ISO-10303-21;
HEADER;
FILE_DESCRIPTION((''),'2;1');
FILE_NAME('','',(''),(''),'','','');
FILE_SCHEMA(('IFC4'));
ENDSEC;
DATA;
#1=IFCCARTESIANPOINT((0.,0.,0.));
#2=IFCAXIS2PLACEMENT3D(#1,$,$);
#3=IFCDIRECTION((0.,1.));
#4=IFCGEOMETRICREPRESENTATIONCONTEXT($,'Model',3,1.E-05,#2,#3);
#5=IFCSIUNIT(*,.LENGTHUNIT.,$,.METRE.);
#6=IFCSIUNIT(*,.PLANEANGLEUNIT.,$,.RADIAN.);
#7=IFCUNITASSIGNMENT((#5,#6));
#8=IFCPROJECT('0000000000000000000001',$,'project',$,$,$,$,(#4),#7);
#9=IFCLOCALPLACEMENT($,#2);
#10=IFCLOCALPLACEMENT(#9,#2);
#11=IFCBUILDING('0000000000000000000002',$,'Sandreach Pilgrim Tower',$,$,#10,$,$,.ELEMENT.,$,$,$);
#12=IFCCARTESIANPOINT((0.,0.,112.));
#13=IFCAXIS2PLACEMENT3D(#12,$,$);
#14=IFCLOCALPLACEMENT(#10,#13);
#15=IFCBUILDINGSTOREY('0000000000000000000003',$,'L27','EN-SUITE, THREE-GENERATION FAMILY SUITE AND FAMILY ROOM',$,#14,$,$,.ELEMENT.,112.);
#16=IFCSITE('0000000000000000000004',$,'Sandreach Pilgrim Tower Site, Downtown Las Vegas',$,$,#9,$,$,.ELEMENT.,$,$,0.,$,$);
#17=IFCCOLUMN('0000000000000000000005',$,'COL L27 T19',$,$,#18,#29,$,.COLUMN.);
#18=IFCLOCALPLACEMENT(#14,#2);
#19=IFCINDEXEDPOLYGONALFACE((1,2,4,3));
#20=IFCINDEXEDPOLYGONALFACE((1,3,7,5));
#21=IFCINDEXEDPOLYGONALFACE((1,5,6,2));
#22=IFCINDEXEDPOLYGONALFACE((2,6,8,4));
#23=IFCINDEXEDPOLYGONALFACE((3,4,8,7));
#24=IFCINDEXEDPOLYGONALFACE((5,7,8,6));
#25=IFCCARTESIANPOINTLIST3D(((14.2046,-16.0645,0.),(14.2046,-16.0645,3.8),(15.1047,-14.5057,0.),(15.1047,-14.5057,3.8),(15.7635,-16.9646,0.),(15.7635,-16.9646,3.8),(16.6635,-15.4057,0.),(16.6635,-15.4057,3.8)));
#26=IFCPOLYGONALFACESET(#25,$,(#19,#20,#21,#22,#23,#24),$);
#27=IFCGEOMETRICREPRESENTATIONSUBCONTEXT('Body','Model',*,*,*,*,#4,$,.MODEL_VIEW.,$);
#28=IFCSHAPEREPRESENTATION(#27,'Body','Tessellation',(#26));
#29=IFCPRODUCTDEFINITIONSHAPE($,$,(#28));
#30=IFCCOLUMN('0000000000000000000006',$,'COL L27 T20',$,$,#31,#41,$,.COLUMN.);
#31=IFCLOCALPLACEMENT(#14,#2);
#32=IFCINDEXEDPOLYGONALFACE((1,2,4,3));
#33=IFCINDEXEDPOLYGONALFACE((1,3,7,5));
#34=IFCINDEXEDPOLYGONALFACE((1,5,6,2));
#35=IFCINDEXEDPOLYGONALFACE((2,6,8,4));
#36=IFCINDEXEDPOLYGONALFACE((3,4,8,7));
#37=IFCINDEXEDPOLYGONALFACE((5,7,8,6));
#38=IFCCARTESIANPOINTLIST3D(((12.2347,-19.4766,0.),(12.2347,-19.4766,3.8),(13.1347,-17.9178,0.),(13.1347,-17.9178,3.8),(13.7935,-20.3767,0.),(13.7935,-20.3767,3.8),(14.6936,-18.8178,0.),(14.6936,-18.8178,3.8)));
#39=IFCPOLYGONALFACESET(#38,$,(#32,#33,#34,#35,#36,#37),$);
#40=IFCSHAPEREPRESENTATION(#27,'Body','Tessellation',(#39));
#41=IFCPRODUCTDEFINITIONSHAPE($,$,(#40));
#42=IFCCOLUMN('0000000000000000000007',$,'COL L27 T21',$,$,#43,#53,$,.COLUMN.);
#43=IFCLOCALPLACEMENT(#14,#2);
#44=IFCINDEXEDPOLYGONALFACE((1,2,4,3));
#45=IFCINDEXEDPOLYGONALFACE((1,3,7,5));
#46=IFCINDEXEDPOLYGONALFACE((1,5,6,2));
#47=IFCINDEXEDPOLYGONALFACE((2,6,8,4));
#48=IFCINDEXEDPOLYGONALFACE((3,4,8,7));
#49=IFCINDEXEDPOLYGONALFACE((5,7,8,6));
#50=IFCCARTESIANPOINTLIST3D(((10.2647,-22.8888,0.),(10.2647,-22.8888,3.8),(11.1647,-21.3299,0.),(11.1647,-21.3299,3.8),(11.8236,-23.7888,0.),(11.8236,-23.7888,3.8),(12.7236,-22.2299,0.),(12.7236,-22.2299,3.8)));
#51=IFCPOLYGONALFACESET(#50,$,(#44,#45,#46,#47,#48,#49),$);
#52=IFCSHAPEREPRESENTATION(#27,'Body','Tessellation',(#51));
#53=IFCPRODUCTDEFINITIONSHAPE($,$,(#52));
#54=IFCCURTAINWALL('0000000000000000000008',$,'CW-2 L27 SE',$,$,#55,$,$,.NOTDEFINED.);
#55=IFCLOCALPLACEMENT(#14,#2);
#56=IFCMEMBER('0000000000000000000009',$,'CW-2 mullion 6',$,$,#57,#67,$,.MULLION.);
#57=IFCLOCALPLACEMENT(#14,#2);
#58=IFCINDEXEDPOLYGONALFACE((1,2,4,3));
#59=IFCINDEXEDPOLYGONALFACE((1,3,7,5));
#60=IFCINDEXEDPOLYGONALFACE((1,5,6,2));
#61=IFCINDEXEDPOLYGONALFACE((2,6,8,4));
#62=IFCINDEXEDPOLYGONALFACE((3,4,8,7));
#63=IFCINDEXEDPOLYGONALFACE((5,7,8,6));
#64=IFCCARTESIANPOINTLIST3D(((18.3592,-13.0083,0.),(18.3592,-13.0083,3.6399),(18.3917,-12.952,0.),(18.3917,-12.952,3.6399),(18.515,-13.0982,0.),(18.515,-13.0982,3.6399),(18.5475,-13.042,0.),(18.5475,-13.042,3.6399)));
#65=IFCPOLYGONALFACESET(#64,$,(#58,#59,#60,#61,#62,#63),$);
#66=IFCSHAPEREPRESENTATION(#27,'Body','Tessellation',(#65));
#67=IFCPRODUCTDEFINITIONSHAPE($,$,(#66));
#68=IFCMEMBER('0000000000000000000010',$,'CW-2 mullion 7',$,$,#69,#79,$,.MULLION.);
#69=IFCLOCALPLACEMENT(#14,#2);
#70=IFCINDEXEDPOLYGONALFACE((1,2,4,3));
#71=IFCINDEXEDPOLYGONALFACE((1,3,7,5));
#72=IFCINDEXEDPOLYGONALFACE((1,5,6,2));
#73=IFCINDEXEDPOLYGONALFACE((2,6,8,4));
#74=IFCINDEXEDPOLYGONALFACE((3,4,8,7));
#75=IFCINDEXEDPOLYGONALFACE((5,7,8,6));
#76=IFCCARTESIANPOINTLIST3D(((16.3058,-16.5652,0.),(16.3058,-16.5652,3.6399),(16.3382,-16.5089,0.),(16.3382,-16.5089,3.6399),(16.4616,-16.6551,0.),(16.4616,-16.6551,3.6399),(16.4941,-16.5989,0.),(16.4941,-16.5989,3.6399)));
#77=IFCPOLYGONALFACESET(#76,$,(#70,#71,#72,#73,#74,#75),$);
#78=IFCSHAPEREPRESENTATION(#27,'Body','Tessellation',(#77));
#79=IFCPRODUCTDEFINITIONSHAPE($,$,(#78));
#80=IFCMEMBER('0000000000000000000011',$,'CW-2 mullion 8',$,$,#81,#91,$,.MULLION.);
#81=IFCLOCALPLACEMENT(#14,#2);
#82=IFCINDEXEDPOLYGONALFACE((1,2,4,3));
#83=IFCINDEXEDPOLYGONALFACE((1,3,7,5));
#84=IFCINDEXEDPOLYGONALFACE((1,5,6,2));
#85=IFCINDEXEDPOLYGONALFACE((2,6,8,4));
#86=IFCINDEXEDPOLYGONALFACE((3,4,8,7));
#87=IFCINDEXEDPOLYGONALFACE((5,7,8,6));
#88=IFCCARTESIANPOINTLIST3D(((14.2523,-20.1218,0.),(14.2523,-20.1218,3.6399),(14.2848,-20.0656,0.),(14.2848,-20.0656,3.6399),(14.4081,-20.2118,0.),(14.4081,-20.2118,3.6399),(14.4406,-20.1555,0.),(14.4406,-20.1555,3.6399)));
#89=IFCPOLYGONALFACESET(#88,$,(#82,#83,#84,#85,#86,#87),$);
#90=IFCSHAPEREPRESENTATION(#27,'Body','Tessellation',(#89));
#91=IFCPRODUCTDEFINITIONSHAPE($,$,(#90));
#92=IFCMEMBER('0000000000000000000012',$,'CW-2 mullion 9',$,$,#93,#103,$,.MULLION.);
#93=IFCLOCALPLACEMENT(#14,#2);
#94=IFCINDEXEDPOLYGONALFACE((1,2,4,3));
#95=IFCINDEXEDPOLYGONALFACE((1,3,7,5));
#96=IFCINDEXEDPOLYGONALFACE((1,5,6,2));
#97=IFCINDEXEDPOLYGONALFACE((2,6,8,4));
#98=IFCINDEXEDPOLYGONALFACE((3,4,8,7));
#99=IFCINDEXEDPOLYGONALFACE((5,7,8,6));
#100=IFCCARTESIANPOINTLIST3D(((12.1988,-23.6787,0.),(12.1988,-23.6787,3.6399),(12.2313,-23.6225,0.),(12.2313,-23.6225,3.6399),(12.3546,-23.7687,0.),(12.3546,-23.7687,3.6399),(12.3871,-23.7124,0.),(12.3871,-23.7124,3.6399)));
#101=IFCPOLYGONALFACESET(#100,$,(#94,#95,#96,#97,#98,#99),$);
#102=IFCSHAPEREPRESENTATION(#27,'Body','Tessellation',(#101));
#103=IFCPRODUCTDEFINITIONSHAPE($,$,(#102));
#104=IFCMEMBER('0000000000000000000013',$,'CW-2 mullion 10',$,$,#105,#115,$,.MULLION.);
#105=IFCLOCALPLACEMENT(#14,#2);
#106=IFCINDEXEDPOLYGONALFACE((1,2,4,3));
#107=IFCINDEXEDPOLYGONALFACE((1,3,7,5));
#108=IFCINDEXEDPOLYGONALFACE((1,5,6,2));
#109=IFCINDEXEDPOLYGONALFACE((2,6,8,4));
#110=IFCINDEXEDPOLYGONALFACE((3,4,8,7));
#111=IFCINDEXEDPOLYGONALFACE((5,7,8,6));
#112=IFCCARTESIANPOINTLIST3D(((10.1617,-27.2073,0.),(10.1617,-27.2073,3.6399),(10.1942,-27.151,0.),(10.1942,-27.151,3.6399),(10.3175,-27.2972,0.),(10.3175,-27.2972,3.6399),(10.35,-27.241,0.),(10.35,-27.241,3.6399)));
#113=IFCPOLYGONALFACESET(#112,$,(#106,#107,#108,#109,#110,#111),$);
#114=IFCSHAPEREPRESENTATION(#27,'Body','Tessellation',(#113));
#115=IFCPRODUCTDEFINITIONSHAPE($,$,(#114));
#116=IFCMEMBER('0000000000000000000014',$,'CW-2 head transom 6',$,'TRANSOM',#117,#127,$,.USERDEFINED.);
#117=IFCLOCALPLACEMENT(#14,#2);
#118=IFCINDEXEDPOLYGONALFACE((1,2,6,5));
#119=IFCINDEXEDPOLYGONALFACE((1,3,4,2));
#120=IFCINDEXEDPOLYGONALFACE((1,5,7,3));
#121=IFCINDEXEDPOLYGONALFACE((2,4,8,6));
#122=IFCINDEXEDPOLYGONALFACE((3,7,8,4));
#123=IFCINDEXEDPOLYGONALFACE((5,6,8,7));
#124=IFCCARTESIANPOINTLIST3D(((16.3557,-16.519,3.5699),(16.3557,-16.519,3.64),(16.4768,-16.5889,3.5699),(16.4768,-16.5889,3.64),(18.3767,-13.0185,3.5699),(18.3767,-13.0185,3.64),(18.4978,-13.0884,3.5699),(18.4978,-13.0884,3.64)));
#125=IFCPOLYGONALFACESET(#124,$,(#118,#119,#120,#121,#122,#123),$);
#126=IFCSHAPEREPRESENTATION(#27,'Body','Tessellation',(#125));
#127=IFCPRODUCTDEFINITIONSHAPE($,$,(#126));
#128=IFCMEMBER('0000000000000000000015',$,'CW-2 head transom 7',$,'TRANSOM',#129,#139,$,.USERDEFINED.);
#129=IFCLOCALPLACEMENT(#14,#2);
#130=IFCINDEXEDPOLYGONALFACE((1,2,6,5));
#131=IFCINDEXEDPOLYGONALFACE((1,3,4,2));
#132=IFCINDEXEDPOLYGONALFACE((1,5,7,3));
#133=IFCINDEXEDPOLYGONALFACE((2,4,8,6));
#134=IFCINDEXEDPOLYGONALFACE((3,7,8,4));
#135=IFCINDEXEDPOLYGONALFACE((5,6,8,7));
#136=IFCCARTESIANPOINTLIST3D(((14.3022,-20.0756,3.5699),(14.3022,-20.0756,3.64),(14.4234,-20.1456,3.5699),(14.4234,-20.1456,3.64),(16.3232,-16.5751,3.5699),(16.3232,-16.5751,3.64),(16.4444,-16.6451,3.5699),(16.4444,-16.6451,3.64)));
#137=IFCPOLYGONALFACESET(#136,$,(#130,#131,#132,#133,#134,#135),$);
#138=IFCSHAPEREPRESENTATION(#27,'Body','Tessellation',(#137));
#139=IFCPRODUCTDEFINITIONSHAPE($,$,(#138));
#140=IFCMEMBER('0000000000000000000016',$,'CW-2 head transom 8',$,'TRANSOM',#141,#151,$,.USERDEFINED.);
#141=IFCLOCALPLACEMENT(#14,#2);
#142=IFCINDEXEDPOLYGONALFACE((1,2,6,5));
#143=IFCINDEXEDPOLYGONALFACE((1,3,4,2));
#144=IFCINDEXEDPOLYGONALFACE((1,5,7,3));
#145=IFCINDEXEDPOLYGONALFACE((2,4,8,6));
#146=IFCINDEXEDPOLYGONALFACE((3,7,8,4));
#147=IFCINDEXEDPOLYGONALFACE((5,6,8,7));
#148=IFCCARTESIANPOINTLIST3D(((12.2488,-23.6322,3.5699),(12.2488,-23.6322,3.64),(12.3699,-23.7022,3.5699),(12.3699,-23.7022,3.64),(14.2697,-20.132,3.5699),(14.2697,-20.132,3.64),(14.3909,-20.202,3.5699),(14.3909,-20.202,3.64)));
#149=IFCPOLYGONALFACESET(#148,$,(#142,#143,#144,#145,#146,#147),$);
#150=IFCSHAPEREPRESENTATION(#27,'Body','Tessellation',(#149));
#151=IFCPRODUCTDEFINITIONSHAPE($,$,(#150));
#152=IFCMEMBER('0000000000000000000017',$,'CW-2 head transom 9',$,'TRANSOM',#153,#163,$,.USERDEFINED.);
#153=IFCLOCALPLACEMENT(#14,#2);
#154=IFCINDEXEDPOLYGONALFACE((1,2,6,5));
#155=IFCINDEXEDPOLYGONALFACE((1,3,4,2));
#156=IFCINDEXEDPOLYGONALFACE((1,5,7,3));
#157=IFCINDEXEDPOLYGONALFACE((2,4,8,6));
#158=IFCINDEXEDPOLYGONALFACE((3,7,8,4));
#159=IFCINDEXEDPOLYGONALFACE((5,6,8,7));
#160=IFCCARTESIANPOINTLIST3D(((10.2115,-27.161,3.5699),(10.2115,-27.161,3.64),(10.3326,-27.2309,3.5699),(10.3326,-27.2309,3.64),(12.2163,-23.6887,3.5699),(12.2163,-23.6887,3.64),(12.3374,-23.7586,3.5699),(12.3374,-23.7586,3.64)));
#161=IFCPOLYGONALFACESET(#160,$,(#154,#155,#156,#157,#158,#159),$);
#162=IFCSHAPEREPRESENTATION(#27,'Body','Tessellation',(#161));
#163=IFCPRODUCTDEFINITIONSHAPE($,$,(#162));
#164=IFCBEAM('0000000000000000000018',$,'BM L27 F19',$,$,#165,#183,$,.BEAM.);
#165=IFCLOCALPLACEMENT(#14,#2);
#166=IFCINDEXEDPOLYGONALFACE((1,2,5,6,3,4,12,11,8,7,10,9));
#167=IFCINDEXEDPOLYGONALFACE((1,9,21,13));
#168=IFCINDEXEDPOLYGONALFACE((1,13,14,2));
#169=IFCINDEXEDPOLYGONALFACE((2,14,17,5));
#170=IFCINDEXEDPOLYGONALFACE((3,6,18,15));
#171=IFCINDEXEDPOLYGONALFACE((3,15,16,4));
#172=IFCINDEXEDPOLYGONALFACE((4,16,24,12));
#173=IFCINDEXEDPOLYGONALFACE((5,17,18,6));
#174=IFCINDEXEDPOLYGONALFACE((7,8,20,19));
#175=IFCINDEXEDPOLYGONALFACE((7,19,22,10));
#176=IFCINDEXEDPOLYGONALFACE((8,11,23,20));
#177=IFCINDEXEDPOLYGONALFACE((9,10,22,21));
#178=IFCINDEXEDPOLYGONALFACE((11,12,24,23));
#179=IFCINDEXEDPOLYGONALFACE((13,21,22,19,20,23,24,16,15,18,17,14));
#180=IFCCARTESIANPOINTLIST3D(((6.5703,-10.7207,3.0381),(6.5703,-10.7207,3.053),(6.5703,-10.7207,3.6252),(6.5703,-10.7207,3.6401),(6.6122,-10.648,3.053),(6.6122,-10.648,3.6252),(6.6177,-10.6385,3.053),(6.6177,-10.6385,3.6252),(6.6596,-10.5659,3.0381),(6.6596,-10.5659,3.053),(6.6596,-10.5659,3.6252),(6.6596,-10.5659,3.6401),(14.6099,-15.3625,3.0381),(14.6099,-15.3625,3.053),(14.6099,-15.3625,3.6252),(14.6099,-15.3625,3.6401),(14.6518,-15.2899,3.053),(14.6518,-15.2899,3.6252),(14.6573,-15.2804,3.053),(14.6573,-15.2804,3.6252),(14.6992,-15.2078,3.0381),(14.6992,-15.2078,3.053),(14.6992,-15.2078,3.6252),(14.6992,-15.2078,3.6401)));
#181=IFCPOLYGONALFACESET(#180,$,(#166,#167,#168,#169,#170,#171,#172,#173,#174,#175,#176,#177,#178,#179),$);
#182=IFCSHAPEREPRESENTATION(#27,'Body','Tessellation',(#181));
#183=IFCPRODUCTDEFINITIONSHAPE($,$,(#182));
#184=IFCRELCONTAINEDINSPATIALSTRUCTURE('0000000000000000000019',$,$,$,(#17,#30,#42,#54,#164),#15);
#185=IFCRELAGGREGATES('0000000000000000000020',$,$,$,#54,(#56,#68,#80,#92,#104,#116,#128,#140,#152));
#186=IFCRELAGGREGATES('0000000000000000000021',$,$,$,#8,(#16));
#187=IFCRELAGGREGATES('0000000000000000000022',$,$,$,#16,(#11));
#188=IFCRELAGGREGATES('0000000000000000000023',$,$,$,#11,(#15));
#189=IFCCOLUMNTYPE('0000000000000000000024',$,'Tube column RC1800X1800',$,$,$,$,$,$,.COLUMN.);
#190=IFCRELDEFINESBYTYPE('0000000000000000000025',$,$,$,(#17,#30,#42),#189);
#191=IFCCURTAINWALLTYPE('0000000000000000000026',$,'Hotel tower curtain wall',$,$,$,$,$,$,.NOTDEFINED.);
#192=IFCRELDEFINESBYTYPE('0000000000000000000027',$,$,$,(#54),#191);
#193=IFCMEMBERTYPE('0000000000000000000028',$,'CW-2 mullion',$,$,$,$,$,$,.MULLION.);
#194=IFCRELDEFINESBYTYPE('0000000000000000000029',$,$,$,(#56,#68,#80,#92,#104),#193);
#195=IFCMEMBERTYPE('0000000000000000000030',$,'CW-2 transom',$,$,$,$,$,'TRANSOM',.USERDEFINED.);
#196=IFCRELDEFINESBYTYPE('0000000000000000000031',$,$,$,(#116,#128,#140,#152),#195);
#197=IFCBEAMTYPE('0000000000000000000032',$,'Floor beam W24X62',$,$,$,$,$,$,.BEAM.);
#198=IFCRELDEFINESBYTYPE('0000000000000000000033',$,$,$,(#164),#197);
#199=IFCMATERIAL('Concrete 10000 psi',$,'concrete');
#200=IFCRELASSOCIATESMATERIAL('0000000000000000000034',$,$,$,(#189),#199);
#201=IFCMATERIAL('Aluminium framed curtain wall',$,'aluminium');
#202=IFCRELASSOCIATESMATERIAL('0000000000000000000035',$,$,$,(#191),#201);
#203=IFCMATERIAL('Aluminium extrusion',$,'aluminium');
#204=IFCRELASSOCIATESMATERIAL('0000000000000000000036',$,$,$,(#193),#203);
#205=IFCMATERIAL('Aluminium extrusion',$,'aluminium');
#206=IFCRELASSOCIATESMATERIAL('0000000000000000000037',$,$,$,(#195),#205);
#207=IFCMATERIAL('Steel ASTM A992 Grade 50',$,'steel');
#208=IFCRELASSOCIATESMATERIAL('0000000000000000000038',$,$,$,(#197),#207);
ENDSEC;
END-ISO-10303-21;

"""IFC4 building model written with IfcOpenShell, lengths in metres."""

from ifc_helpers import new_model, si_unit, direction, frame, origin, origin_2d, place, context, subcontext, project, spatial, rectangle, i_section, extrude, material, material_profile, profile_set, type_object, element, aggregate, save


model = new_model("IFC4")

# Units and contexts
model_context = context("Model", 3, precision=1e-05, world=origin(), true_north=direction((0.0, 1.0)))
body_context = subcontext(model_context, "Body", "Model", "MODEL_VIEW")
ifc_project = project(units=[si_unit("LENGTHUNIT", "METRE"), si_unit("PLANEANGLEUNIT", "RADIAN")], contexts=[model_context])

# Site, building, storey
site_placement = place(None, origin())
site = spatial("IfcSite", under=ifc_project, at=site_placement, Name="Sandreach Pilgrim Tower Site, Downtown Las Vegas", CompositionType="ELEMENT", RefElevation=0.0)
building_placement = place(site_placement, origin())
building = spatial("IfcBuilding", under=site, at=building_placement, Name="Sandreach Pilgrim Tower", CompositionType="ELEMENT")
storey_placement = place(building_placement, frame((0.0, 0.0, 112.0)))
storey = spatial("IfcBuildingStorey", under=building, at=storey_placement, Name="L27", Description="EN-SUITE, THREE-GENERATION FAMILY SUITE AND FAMILY ROOM", CompositionType="ELEMENT", Elevation=112.0)

# Columns
ifc_material_1 = material(Name="Concrete 10000 psi", Category="concrete")
ifc_material_profile_1 = material_profile(ifc_material_1, rectangle(XDim=1.8, YDim=1.8, at=origin_2d()), Name="RC1800X1800")
ifc_profile_set_1 = profile_set([ifc_material_profile_1], Name="Concrete 10000 psi")
column_type = type_object("IfcColumnType", Name="Tube column RC1800X1800", PredefinedType="COLUMN", material=ifc_profile_set_1)
for number, where, z_axis, x_axis, name in (
    (1, (15.4341, -15.7351, 0.0), (0.0, 0.0, 1.0), (0.866025, -0.5, 0.0), "COL L27 T19"),
    (2, (13.4641, -19.1472, 0.0), (0.0, 0.0, 1.0), (0.866025, -0.5, 0.0), "COL L27 T20"),
    (3, (11.4941, -22.5593, 0.0), (0.0, 0.0, 1.0), (0.866025, -0.5, 0.0), "COL L27 T21"),
):
    element("IfcColumn", number, at=place(storey_placement, frame(where, z_axis=z_axis, x_axis=x_axis)), inside=storey, type_object=column_type, Name=name, PredefinedType="COLUMN", context=body_context, shape_type="SweptSolid", body=[
        extrude(rectangle(XDim=1.8, YDim=1.8, at=origin_2d()), origin(), (0.0, 0.0, 1.0), 3.8),
    ])

# Curtain wall, members
ifc_material_2 = material(Name="Aluminium framed curtain wall", Category="aluminium")
curtain_wall_type = type_object("IfcCurtainWallType", Name="Hotel tower curtain wall", PredefinedType="NOTDEFINED", material=ifc_material_2)
curtain_wall_placement = place(storey_placement, origin())
curtain_wall = element("IfcCurtainWall", 4, at=curtain_wall_placement, inside=storey, type_object=curtain_wall_type, Name="CW-2 L27 SE", PredefinedType="NOTDEFINED")
ifc_material_3 = material(Name="Aluminium extrusion", Category="aluminium")
ifc_material_profile_2 = material_profile(ifc_material_3, rectangle(XDim=0.0649, YDim=0.1799, at=origin_2d()), Name="CW-2M 65X180")
ifc_profile_set_2 = profile_set([ifc_material_profile_2], Name="Aluminium extrusion")
member_type_1 = type_object("IfcMemberType", Name="CW-2 mullion", PredefinedType="MULLION", material=ifc_profile_set_2)
member_1_placement = place(storey_placement, frame((18.4534, -13.0251, 0.0), z_axis=(0.0, 0.0, 1.0), x_axis=(-0.5, -0.866025, 0.0)))
member_1 = element("IfcMember", 5, at=member_1_placement, type_object=member_type_1, Name="CW-2 mullion 6", PredefinedType="MULLION", context=body_context, shape_type="SweptSolid", body=[
    extrude(rectangle(XDim=0.0649, YDim=0.1799, at=origin_2d()), origin(), (0.0, 0.0, 1.0), 3.6399),
])
member_2_placement = place(storey_placement, frame((16.3999, -16.582, 0.0), z_axis=(0.0, 0.0, 1.0), x_axis=(-0.5, -0.866025, 0.0)))
member_2 = element("IfcMember", 6, at=member_2_placement, type_object=member_type_1, Name="CW-2 mullion 7", PredefinedType="MULLION", context=body_context, shape_type="SweptSolid", body=[
    extrude(rectangle(XDim=0.0649, YDim=0.1799, at=origin_2d()), origin(), (0.0, 0.0, 1.0), 3.6399),
])
member_3_placement = place(storey_placement, frame((14.3464, -20.1387, 0.0), z_axis=(0.0, 0.0, 1.0), x_axis=(-0.5, -0.866025, 0.0)))
member_3 = element("IfcMember", 7, at=member_3_placement, type_object=member_type_1, Name="CW-2 mullion 8", PredefinedType="MULLION", context=body_context, shape_type="SweptSolid", body=[
    extrude(rectangle(XDim=0.0649, YDim=0.1799, at=origin_2d()), origin(), (0.0, 0.0, 1.0), 3.6399),
])
member_4_placement = place(storey_placement, frame((12.293, -23.6956, 0.0), z_axis=(0.0, 0.0, 1.0), x_axis=(-0.5, -0.866025, 0.0)))
member_4 = element("IfcMember", 8, at=member_4_placement, type_object=member_type_1, Name="CW-2 mullion 9", PredefinedType="MULLION", context=body_context, shape_type="SweptSolid", body=[
    extrude(rectangle(XDim=0.0649, YDim=0.1799, at=origin_2d()), origin(), (0.0, 0.0, 1.0), 3.6399),
])
member_5_placement = place(storey_placement, frame((10.2559, -27.2241, 0.0), z_axis=(0.0, 0.0, 1.0), x_axis=(-0.5, -0.866025, 0.0)))
member_5 = element("IfcMember", 9, at=member_5_placement, type_object=member_type_1, Name="CW-2 mullion 10", PredefinedType="MULLION", context=body_context, shape_type="SweptSolid", body=[
    extrude(rectangle(XDim=0.0649, YDim=0.1799, at=origin_2d()), origin(), (0.0, 0.0, 1.0), 3.6399),
])
ifc_material_4 = material(Name="Aluminium extrusion", Category="aluminium")
ifc_material_profile_3 = material_profile(ifc_material_4, rectangle(XDim=0.1399, YDim=0.0701, at=origin_2d()), Name="CW-2T 140X70")
ifc_profile_set_3 = profile_set([ifc_material_profile_3], Name="Aluminium extrusion")
member_type_2 = type_object("IfcMemberType", Name="CW-2 transom", ElementType="TRANSOM", PredefinedType="USERDEFINED", material=ifc_profile_set_3)
member_6_placement = place(storey_placement, frame((18.4373, -13.0535, 3.605), z_axis=(-0.499998, -0.866027, 0.0), x_axis=(0.866027, -0.499998, 0.0)))
member_6 = element("IfcMember", 10, at=member_6_placement, type_object=member_type_2, Name="CW-2 head transom 6", ObjectType="TRANSOM", PredefinedType="USERDEFINED", context=body_context, shape_type="SweptSolid", body=[
    extrude(rectangle(XDim=0.1399, YDim=0.0701, at=origin_2d()), origin(), (0.0, 0.0, 1.0), 4.042),
])
member_7_placement = place(storey_placement, frame((16.3838, -16.6101, 3.605), z_axis=(-0.499998, -0.866027, 0.0), x_axis=(0.866027, -0.499998, 0.0)))
member_7 = element("IfcMember", 11, at=member_7_placement, type_object=member_type_2, Name="CW-2 head transom 7", ObjectType="TRANSOM", PredefinedType="USERDEFINED", context=body_context, shape_type="SweptSolid", body=[
    extrude(rectangle(XDim=0.1399, YDim=0.0701, at=origin_2d()), origin(), (0.0, 0.0, 1.0), 4.042),
])
member_8_placement = place(storey_placement, frame((14.3303, -20.167, 3.605), z_axis=(-0.500024, -0.866012, 0.0), x_axis=(0.866012, -0.500024, 0.0)))
member_8 = element("IfcMember", 12, at=member_8_placement, type_object=member_type_2, Name="CW-2 head transom 8", ObjectType="TRANSOM", PredefinedType="USERDEFINED", context=body_context, shape_type="SweptSolid", body=[
    extrude(rectangle(XDim=0.1399, YDim=0.0701, at=origin_2d()), origin(), (0.0, 0.0, 1.0), 4.0417),
])
member_9_placement = place(storey_placement, frame((12.2769, -23.7236, 3.605), z_axis=(-0.500016, -0.866016, 0.0), x_axis=(0.866016, -0.500016, 0.0)))
member_9 = element("IfcMember", 13, at=member_9_placement, type_object=member_type_2, Name="CW-2 head transom 9", ObjectType="TRANSOM", PredefinedType="USERDEFINED", context=body_context, shape_type="SweptSolid", body=[
    extrude(rectangle(XDim=0.1399, YDim=0.0701, at=origin_2d()), origin(), (0.0, 0.0, 1.0), 4.0095),
])

# Beam
ifc_material_5 = material(Name="Steel ASTM A992 Grade 50", Category="steel")
ifc_material_profile_4 = material_profile(ifc_material_5, i_section(OverallWidth=0.1787, OverallDepth=0.6021, WebThickness=0.011, FlangeThickness=0.0149, at=origin_2d()), Name="W24X62")
ifc_profile_set_4 = profile_set([ifc_material_profile_4], Name="Steel ASTM A992 Grade 50")
beam_type_1 = type_object("IfcBeamType", Name="Floor beam W24X62", PredefinedType="BEAM", material=ifc_profile_set_4)
beam_1_placement = place(storey_placement, frame((14.6545, -15.2852, 3.3391), z_axis=(-0.866016, 0.500017, 0.0), x_axis=(-0.500017, -0.866016, 0.0)))
element("IfcBeam", 14, at=beam_1_placement, inside=storey, type_object=beam_type_1, Name="BM L27 F19", PredefinedType="BEAM", context=body_context, shape_type="SweptSolid", body=[
    extrude(i_section(OverallWidth=0.1787, OverallDepth=0.6021, WebThickness=0.011, FlangeThickness=0.0149, at=origin_2d()), origin(), (0.0, 0.0, 1.0), 9.2834),
])

aggregate(curtain_wall, [member_1, member_2, member_3, member_4, member_5, member_6, member_7, member_8, member_9])

save(model, "model.ifc")
